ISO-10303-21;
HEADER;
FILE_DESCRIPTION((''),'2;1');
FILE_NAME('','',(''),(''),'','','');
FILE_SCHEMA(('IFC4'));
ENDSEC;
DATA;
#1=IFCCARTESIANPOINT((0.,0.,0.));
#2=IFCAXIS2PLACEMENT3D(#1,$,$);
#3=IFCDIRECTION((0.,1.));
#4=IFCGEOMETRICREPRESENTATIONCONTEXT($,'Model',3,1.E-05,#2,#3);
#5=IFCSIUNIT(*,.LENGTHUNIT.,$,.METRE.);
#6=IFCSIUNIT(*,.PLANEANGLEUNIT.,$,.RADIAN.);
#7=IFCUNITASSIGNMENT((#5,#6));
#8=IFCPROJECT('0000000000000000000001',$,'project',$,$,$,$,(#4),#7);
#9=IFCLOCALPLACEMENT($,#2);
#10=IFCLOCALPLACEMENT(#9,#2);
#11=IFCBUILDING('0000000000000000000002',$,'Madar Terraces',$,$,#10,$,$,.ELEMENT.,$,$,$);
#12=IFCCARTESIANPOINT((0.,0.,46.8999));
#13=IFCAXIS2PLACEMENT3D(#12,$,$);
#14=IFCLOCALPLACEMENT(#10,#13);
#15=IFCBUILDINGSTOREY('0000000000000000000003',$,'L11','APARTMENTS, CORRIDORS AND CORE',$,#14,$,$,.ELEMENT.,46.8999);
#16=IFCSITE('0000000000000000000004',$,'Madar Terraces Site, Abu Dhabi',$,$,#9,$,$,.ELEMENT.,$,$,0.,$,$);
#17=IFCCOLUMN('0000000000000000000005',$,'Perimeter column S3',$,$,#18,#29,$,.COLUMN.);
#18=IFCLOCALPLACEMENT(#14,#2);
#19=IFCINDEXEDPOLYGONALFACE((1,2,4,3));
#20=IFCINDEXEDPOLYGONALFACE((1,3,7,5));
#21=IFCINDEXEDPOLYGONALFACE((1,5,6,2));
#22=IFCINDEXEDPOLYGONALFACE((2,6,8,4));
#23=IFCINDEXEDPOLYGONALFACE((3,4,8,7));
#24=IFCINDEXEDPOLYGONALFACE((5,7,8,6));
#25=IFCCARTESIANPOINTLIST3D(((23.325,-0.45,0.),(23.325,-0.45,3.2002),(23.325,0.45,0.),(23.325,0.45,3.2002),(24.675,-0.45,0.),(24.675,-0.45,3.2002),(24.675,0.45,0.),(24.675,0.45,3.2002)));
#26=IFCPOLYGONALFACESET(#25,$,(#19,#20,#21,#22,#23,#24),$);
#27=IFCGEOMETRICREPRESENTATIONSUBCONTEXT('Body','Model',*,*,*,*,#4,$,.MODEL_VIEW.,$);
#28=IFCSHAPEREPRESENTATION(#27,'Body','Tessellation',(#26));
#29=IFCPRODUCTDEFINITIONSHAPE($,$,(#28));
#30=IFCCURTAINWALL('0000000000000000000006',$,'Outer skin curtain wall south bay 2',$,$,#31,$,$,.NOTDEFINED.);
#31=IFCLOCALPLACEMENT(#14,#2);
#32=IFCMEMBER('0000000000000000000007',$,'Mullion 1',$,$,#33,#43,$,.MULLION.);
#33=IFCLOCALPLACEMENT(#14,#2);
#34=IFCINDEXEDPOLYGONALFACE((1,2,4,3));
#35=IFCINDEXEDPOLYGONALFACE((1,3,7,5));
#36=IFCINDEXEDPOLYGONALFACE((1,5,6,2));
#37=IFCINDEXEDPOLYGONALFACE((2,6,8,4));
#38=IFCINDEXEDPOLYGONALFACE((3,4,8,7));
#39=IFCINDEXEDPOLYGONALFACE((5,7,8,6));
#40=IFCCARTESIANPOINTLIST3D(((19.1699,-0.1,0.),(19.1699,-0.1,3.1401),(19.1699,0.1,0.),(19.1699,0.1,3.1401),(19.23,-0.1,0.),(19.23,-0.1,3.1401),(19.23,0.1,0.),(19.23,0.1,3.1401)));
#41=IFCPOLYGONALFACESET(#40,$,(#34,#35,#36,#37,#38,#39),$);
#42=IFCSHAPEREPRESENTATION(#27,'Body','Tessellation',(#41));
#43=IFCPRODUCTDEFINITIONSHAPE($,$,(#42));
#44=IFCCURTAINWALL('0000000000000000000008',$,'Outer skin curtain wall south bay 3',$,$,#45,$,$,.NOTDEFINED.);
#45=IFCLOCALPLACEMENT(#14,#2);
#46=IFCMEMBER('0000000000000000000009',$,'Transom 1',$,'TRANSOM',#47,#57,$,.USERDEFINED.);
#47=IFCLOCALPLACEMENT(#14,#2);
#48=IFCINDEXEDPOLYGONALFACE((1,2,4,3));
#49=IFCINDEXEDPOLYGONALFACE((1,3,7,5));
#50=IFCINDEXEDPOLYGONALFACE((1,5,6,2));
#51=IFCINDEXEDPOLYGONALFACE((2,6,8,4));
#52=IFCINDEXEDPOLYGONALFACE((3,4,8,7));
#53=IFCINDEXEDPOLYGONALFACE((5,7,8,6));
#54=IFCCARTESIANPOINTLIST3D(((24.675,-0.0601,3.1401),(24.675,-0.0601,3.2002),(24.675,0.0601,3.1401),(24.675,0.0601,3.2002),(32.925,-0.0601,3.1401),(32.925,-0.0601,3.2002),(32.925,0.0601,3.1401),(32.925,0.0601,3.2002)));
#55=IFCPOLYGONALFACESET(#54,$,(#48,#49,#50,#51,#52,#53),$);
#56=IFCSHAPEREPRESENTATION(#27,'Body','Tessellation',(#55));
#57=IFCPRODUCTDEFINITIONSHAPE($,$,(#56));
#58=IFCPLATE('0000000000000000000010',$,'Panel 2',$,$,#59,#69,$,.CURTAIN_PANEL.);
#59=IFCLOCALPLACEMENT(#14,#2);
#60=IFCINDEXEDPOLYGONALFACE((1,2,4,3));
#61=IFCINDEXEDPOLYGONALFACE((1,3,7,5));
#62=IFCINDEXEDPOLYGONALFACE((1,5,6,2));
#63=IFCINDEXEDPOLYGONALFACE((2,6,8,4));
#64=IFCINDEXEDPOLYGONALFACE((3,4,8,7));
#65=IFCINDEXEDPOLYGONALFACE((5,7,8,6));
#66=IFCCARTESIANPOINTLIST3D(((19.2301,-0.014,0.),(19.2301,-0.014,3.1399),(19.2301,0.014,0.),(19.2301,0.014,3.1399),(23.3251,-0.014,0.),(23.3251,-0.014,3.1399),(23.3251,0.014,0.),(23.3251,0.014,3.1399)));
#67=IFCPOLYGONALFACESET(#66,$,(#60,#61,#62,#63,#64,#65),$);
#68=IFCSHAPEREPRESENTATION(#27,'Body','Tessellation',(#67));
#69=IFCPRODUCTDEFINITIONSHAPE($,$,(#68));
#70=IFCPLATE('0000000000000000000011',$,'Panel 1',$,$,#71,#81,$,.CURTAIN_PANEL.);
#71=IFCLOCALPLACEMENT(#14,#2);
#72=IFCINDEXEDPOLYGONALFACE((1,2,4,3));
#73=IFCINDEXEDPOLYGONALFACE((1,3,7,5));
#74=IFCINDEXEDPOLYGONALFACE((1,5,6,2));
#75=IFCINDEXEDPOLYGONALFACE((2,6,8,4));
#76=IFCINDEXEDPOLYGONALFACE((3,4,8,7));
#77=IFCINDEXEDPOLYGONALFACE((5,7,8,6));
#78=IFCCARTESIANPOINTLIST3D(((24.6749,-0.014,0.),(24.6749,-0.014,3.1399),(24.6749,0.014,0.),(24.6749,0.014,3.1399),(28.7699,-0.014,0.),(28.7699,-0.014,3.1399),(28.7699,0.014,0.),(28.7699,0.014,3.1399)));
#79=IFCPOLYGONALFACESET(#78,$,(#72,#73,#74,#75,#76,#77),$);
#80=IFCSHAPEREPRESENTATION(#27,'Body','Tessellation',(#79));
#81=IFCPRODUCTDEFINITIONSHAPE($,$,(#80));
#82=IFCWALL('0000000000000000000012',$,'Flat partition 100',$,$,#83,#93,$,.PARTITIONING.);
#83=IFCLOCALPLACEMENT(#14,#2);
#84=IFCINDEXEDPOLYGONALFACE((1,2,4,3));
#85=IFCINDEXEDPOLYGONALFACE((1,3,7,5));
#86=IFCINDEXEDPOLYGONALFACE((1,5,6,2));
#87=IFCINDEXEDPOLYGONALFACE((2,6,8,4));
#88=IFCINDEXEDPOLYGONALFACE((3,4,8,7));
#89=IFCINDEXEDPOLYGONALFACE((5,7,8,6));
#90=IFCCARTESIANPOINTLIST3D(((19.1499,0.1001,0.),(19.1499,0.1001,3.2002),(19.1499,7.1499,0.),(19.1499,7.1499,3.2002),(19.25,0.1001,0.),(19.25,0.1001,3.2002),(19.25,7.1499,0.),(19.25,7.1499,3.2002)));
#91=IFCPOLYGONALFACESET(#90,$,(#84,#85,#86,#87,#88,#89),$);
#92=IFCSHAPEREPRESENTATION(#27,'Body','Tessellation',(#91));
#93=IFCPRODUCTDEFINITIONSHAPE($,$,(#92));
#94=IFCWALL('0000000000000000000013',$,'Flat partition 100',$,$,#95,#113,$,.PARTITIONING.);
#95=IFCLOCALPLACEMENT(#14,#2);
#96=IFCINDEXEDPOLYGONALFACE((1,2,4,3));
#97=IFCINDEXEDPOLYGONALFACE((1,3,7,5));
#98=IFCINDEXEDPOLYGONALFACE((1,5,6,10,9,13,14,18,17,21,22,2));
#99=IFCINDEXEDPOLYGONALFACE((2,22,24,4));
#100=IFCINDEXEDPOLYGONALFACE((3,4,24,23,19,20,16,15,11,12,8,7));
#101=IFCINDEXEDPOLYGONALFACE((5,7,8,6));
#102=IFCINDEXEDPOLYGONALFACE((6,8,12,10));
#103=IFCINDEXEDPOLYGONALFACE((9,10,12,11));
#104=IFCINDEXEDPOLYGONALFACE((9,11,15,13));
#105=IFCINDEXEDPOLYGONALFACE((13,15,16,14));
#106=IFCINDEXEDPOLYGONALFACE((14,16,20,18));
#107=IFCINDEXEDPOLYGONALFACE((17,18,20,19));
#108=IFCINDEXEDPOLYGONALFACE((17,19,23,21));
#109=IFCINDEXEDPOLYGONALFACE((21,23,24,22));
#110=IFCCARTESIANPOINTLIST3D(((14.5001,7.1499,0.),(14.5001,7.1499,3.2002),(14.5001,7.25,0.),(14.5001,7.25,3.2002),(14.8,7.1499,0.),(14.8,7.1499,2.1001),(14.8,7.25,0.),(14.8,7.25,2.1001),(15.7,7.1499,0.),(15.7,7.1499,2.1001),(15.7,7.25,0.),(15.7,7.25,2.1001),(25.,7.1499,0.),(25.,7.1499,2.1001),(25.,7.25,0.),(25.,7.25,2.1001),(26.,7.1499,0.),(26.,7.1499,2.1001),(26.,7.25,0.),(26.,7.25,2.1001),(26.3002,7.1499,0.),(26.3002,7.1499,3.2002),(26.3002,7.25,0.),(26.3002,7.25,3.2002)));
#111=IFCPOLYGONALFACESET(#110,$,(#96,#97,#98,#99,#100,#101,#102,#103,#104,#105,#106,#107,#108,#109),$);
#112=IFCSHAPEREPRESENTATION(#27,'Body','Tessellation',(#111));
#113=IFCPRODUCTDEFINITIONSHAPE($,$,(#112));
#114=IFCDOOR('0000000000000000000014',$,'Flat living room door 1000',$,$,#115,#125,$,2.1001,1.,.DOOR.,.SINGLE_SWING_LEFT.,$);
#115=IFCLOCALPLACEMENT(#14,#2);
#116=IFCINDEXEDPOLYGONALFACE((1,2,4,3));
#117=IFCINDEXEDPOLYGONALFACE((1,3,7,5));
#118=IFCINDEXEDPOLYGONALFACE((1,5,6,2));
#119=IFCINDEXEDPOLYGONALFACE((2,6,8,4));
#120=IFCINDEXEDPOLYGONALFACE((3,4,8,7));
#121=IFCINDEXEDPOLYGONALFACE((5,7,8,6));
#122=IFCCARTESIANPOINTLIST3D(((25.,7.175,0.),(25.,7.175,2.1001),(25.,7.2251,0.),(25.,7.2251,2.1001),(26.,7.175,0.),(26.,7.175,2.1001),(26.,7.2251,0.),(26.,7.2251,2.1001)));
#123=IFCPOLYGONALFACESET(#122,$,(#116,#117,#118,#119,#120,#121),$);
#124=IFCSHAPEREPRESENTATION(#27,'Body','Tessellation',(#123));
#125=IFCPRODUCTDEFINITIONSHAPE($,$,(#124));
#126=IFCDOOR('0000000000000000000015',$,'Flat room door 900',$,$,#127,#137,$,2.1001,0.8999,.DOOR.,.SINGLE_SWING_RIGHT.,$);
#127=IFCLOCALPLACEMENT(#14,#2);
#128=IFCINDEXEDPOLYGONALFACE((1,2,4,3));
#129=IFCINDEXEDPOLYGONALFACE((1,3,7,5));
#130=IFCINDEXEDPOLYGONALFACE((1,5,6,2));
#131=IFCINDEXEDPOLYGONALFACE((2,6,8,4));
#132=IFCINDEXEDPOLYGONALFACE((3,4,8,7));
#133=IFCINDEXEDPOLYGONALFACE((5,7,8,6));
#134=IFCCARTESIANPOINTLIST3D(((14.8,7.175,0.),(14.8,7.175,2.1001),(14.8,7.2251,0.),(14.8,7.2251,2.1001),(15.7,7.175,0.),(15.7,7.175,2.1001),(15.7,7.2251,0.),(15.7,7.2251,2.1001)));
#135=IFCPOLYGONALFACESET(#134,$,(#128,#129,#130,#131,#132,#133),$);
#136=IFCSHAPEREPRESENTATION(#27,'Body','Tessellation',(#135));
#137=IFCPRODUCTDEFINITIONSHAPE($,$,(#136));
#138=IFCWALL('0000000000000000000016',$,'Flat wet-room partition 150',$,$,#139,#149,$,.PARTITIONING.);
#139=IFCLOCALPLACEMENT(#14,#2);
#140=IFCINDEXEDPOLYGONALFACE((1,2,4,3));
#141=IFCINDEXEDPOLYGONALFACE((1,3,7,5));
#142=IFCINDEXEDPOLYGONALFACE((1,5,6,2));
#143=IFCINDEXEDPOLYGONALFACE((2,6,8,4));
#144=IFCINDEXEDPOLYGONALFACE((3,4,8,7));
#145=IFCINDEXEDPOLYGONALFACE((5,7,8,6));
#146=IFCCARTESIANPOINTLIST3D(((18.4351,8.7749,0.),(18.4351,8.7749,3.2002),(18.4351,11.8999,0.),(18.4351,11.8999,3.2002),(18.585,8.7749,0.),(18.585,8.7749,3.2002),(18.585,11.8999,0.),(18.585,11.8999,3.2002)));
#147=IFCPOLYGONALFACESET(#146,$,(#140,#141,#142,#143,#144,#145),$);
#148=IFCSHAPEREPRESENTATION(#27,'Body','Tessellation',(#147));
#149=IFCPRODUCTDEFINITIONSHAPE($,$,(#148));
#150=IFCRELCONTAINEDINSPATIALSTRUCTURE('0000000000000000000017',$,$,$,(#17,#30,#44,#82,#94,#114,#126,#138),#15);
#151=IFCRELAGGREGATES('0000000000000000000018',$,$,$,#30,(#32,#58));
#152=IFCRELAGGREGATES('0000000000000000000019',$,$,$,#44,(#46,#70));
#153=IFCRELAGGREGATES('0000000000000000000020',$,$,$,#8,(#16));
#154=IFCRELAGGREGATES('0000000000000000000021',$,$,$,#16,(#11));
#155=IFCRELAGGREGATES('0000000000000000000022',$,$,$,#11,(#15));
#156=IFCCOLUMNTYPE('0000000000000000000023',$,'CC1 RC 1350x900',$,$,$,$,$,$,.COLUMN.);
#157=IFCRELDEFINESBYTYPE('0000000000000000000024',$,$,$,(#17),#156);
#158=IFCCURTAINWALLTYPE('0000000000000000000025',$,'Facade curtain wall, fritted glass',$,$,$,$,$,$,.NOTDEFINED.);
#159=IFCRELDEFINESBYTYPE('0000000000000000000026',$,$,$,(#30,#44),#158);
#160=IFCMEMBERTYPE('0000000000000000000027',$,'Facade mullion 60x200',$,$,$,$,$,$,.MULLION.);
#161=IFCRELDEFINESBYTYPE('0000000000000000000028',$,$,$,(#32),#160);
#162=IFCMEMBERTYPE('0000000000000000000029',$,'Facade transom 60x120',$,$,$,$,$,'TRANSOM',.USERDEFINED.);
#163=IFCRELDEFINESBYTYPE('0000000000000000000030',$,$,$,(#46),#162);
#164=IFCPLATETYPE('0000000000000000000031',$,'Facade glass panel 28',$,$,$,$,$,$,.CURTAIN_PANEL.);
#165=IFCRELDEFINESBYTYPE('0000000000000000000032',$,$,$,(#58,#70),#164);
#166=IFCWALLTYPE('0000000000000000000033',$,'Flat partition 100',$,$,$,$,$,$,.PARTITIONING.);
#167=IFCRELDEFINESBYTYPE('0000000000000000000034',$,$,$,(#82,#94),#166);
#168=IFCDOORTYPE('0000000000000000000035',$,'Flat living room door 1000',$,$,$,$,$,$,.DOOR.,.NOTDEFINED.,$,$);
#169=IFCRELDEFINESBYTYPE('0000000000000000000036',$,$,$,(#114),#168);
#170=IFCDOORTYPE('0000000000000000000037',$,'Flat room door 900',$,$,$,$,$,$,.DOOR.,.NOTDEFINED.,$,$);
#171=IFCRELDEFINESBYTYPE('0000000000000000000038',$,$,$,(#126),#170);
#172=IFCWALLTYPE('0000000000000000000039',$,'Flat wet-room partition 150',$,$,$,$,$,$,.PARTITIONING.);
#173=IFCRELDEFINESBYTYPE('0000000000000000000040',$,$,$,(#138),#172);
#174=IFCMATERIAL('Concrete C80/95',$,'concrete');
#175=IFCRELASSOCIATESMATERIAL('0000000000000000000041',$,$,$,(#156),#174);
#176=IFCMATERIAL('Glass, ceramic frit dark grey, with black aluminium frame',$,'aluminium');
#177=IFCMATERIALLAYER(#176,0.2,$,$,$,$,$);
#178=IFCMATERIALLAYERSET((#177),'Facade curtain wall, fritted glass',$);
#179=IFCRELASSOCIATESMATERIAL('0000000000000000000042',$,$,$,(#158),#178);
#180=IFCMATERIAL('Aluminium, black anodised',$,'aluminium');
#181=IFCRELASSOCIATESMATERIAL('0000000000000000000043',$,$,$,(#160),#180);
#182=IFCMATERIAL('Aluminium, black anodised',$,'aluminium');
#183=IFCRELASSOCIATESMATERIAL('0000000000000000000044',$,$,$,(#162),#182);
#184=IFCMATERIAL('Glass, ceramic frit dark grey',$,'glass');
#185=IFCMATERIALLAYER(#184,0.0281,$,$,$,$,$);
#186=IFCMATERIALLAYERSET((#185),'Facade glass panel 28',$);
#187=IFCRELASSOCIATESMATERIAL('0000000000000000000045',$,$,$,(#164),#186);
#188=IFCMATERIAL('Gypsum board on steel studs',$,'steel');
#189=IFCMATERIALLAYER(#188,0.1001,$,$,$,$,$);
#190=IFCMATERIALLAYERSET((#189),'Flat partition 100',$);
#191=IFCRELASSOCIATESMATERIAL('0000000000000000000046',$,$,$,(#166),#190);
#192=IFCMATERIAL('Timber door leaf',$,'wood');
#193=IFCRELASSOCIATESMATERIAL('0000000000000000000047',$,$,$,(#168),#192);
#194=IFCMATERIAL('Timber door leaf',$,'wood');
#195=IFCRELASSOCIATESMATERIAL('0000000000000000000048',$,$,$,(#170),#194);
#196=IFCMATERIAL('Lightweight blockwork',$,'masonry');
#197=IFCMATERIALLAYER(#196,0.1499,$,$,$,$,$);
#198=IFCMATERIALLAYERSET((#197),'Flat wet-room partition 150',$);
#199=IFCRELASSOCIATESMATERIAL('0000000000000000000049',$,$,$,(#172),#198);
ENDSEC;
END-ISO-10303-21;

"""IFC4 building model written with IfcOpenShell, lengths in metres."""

from ifc_helpers import new_model, si_unit, direction, frame, frame_2d, origin, origin_2d, place, context, subcontext, project, spatial, rectangle, extrude, material, layer, layer_set, material_profile, profile_set, type_object, element, fill, aggregate, save


model = new_model("IFC4")

# Units and contexts
model_context = context("Model", 3, precision=1e-05, world=origin(), true_north=direction((0.0, 1.0)))
body_context = subcontext(model_context, "Body", "Model", "MODEL_VIEW")
ifc_project = project(units=[si_unit("LENGTHUNIT", "METRE"), si_unit("PLANEANGLEUNIT", "RADIAN")], contexts=[model_context])

# Site, building, storey
site_placement = place(None, origin())
site = spatial("IfcSite", under=ifc_project, at=site_placement, Name="Madar Terraces Site, Abu Dhabi", CompositionType="ELEMENT", RefElevation=0.0)
building_placement = place(site_placement, origin())
building = spatial("IfcBuilding", under=site, at=building_placement, Name="Madar Terraces", CompositionType="ELEMENT")
storey_placement = place(building_placement, frame((0.0, 0.0, 46.8999)))
storey = spatial("IfcBuildingStorey", under=building, at=storey_placement, Name="L11", Description="APARTMENTS, CORRIDORS AND CORE", CompositionType="ELEMENT", Elevation=46.8999)

# Column
ifc_material_1 = material(Name="Concrete C80/95", Category="concrete")
ifc_material_profile_1 = material_profile(ifc_material_1, rectangle(XDim=1.3501, YDim=0.8999, at=origin_2d()), Name="CC1 RC 1350x900")
ifc_profile_set_1 = profile_set([ifc_material_profile_1], Name="Concrete C80/95")
column_type = type_object("IfcColumnType", Name="CC1 RC 1350x900", PredefinedType="COLUMN", material=ifc_profile_set_1)
column_placement = place(storey_placement, frame((24.0, 0.0, 0.0), z_axis=(0.0, 0.0, 1.0), x_axis=(1.0, 0.0, 0.0)))
element("IfcColumn", 1, at=column_placement, inside=storey, type_object=column_type, Name="Perimeter column S3", PredefinedType="COLUMN", context=body_context, shape_type="SweptSolid", body=[
    extrude(rectangle(XDim=1.3501, YDim=0.8999, at=origin_2d()), origin(), (0.0, 0.0, 1.0), 3.2002),
])

# Curtain walls, members
ifc_material_2 = material(Name="Glass, ceramic frit dark grey, with black aluminium frame", Category="aluminium")
ifc_layer_1 = layer(ifc_material_2, 0.2)
ifc_layer_set_1 = layer_set([ifc_layer_1], Name="Facade curtain wall, fritted glass")
curtain_wall_type = type_object("IfcCurtainWallType", Name="Facade curtain wall, fritted glass", PredefinedType="NOTDEFINED", material=ifc_layer_set_1)
curtain_wall_1_placement = place(storey_placement, origin())
curtain_wall_1 = element("IfcCurtainWall", 2, at=curtain_wall_1_placement, inside=storey, type_object=curtain_wall_type, Name="Outer skin curtain wall south bay 2", PredefinedType="NOTDEFINED")
ifc_material_3 = material(Name="Aluminium, black anodised", Category="aluminium")
ifc_material_profile_2 = material_profile(ifc_material_3, rectangle(XDim=0.2, YDim=0.0601, at=origin_2d()), Name="Facade mullion 60x200")
ifc_profile_set_2 = profile_set([ifc_material_profile_2], Name="Aluminium, black anodised")
member_type_1 = type_object("IfcMemberType", Name="Facade mullion 60x200", PredefinedType="MULLION", material=ifc_profile_set_2)
member_1_placement = place(storey_placement, frame((19.2, 0.0, 0.0), z_axis=(0.0, 0.0, 1.0), x_axis=(0.0, 1.0, 0.0)))
member_1 = element("IfcMember", 3, at=member_1_placement, type_object=member_type_1, Name="Mullion 1", PredefinedType="MULLION", context=body_context, shape_type="SweptSolid", body=[
    extrude(rectangle(XDim=0.2, YDim=0.0601, at=origin_2d()), origin(), (0.0, 0.0, 1.0), 3.1401),
])
curtain_wall_2_placement = place(storey_placement, origin())
curtain_wall_2 = element("IfcCurtainWall", 4, at=curtain_wall_2_placement, inside=storey, type_object=curtain_wall_type, Name="Outer skin curtain wall south bay 3", PredefinedType="NOTDEFINED")
ifc_material_4 = material(Name="Aluminium, black anodised", Category="aluminium")
ifc_material_profile_3 = material_profile(ifc_material_4, rectangle(XDim=0.1201, YDim=0.0601, at=origin_2d()), Name="Facade transom 60x120")
ifc_profile_set_3 = profile_set([ifc_material_profile_3], Name="Aluminium, black anodised")
member_type_2 = type_object("IfcMemberType", Name="Facade transom 60x120", ElementType="TRANSOM", PredefinedType="USERDEFINED", material=ifc_profile_set_3)
member_2_placement = place(storey_placement, frame((24.675, 0.0, 3.1702), z_axis=(1.0, 0.0, 0.0), x_axis=(0.0, 1.0, 0.0)))
member_2 = element("IfcMember", 5, at=member_2_placement, type_object=member_type_2, Name="Transom 1", ObjectType="TRANSOM", PredefinedType="USERDEFINED", context=body_context, shape_type="SweptSolid", body=[
    extrude(rectangle(XDim=0.1201, YDim=0.0601, at=origin_2d()), origin(), (0.0, 0.0, 1.0), 8.25),
])

# Plates
ifc_material_5 = material(Name="Glass, ceramic frit dark grey", Category="glass")
ifc_layer_2 = layer(ifc_material_5, 0.0281)
ifc_layer_set_2 = layer_set([ifc_layer_2], Name="Facade glass panel 28")
plate_type = type_object("IfcPlateType", Name="Facade glass panel 28", PredefinedType="CURTAIN_PANEL", material=ifc_layer_set_2)
plate_1_placement = place(storey_placement, frame((21.2776, 0.0, 0.0), z_axis=(0.0, 0.0, 1.0), x_axis=(1.0, 0.0, 0.0)))
plate_1 = element("IfcPlate", 6, at=plate_1_placement, type_object=plate_type, Name="Panel 2", PredefinedType="CURTAIN_PANEL", context=body_context, shape_type="SweptSolid", body=[
    extrude(rectangle(XDim=4.095, YDim=0.0281, at=origin_2d()), origin(), (0.0, 0.0, 1.0), 3.1399),
])
aggregate(curtain_wall_1, [member_1, plate_1])
plate_2_placement = place(storey_placement, frame((26.7224, 0.0, 0.0), z_axis=(0.0, 0.0, 1.0), x_axis=(1.0, 0.0, 0.0)))
plate_2 = element("IfcPlate", 7, at=plate_2_placement, type_object=plate_type, Name="Panel 1", PredefinedType="CURTAIN_PANEL", context=body_context, shape_type="SweptSolid", body=[
    extrude(rectangle(XDim=4.095, YDim=0.0281, at=origin_2d()), origin(), (0.0, 0.0, 1.0), 3.1399),
])
aggregate(curtain_wall_2, [member_2, plate_2])

# Wall
ifc_material_6 = material(Name="Gypsum board on steel studs", Category="steel")
ifc_layer_3 = layer(ifc_material_6, 0.1001)
ifc_layer_set_3 = layer_set([ifc_layer_3], Name="Flat partition 100")
wall_type_1 = type_object("IfcWallType", Name="Flat partition 100", PredefinedType="PARTITIONING", material=ifc_layer_set_3)
wall_1_placement = place(storey_placement, frame((19.2, 7.1499, 0.0), z_axis=(0.0, 0.0, 1.0), x_axis=(0.0, -1.0, 0.0)))
element("IfcWall", 8, at=wall_1_placement, inside=storey, type_object=wall_type_1, Name="Flat partition 100", PredefinedType="PARTITIONING", context=body_context, shape_type="SweptSolid", body=[
    extrude(rectangle(XDim=7.0498, YDim=0.1001, at=frame_2d((3.5249, 0.0))), origin(), (0.0, 0.0, 1.0), 3.2002),
])

# Wall, openings, doors
wall_2_placement = place(storey_placement, frame((26.3, 7.2, 0.0), z_axis=(0.0, 0.0, 1.0), x_axis=(-1.0, 0.0, 0.0)))
wall_2 = element("IfcWall", 9, at=wall_2_placement, inside=storey, type_object=wall_type_1, Name="Flat partition 100", PredefinedType="PARTITIONING", context=body_context, shape_type="SweptSolid", body=[
    extrude(rectangle(XDim=11.8, YDim=0.1001, at=frame_2d((5.8999, 0.0))), origin(), (0.0, 0.0, 1.0), 3.2002),
])
opening_1_placement = place(wall_2_placement, frame((0.3, 0.0, 0.0)))
opening_1 = element("IfcOpeningElement", 10, at=opening_1_placement, cuts=wall_2, PredefinedType="OPENING", context=body_context, shape_type="SweptSolid", body=[
    extrude(rectangle(XDim=1.0, YDim=2.1001, at=frame_2d((0.5, 1.05))), frame((0.0, 0.0601, 0.0), z_axis=(0.0, -1.0, 0.0), x_axis=(1.0, 0.0, 0.0)), (0.0, 0.0, 1.0), 0.1201),
])
opening_2_placement = place(wall_2_placement, frame((10.6001, 0.0, 0.0)))
opening_2 = element("IfcOpeningElement", 11, at=opening_2_placement, cuts=wall_2, PredefinedType="OPENING", context=body_context, shape_type="SweptSolid", body=[
    extrude(rectangle(XDim=0.8999, YDim=2.1001, at=frame_2d((0.45, 1.05))), frame((0.0, 0.0601, 0.0), z_axis=(0.0, -1.0, 0.0), x_axis=(1.0, 0.0, 0.0)), (0.0, 0.0, 1.0), 0.1201),
])
ifc_material_7 = material(Name="Timber door leaf", Category="wood")
door_type_1 = type_object("IfcDoorType", Name="Flat living room door 1000", OperationType="NOTDEFINED", PredefinedType="DOOR", material=ifc_material_7)
door_1_placement = place(opening_1_placement, origin())
door_1 = element("IfcDoor", 12, at=door_1_placement, inside=storey, type_object=door_type_1, Name="Flat living room door 1000", OperationType="SINGLE_SWING_LEFT", OverallHeight=2.1001, OverallWidth=1.0, PredefinedType="DOOR", context=body_context, shape_type="SweptSolid", body=[
    extrude(rectangle(XDim=1.0, YDim=2.1001, at=frame_2d((0.5, 1.05))), frame((0.0, 0.0249, 0.0), z_axis=(0.0, -1.0, 0.0), x_axis=(1.0, 0.0, 0.0)), (0.0, 0.0, 1.0), 0.05),
])
fill(opening_1, door_1)
ifc_material_8 = material(Name="Timber door leaf", Category="wood")
door_type_2 = type_object("IfcDoorType", Name="Flat room door 900", OperationType="NOTDEFINED", PredefinedType="DOOR", material=ifc_material_8)
door_2_placement = place(opening_2_placement, origin())
door_2 = element("IfcDoor", 13, at=door_2_placement, inside=storey, type_object=door_type_2, Name="Flat room door 900", OperationType="SINGLE_SWING_RIGHT", OverallHeight=2.1001, OverallWidth=0.8999, PredefinedType="DOOR", context=body_context, shape_type="SweptSolid", body=[
    extrude(rectangle(XDim=0.8999, YDim=2.1001, at=frame_2d((0.45, 1.05))), frame((0.0, 0.0249, 0.0), z_axis=(0.0, -1.0, 0.0), x_axis=(1.0, 0.0, 0.0)), (0.0, 0.0, 1.0), 0.05),
])
fill(opening_2, door_2)

# Wall
ifc_material_9 = material(Name="Lightweight blockwork", Category="masonry")
ifc_layer_4 = layer(ifc_material_9, 0.1499)
ifc_layer_set_4 = layer_set([ifc_layer_4], Name="Flat wet-room partition 150")
wall_type_2 = type_object("IfcWallType", Name="Flat wet-room partition 150", PredefinedType="PARTITIONING", material=ifc_layer_set_4)
wall_3_placement = place(storey_placement, frame((18.51, 11.8999, 0.0), z_axis=(0.0, 0.0, 1.0), x_axis=(0.0, -1.0, 0.0)))
element("IfcWall", 14, at=wall_3_placement, inside=storey, type_object=wall_type_2, Name="Flat wet-room partition 150", PredefinedType="PARTITIONING", context=body_context, shape_type="SweptSolid", body=[
    extrude(rectangle(XDim=3.125, YDim=0.1499, at=frame_2d((1.5625, 0.0))), origin(), (0.0, 0.0, 1.0), 3.2002),
])

save(model, "model.ifc")
